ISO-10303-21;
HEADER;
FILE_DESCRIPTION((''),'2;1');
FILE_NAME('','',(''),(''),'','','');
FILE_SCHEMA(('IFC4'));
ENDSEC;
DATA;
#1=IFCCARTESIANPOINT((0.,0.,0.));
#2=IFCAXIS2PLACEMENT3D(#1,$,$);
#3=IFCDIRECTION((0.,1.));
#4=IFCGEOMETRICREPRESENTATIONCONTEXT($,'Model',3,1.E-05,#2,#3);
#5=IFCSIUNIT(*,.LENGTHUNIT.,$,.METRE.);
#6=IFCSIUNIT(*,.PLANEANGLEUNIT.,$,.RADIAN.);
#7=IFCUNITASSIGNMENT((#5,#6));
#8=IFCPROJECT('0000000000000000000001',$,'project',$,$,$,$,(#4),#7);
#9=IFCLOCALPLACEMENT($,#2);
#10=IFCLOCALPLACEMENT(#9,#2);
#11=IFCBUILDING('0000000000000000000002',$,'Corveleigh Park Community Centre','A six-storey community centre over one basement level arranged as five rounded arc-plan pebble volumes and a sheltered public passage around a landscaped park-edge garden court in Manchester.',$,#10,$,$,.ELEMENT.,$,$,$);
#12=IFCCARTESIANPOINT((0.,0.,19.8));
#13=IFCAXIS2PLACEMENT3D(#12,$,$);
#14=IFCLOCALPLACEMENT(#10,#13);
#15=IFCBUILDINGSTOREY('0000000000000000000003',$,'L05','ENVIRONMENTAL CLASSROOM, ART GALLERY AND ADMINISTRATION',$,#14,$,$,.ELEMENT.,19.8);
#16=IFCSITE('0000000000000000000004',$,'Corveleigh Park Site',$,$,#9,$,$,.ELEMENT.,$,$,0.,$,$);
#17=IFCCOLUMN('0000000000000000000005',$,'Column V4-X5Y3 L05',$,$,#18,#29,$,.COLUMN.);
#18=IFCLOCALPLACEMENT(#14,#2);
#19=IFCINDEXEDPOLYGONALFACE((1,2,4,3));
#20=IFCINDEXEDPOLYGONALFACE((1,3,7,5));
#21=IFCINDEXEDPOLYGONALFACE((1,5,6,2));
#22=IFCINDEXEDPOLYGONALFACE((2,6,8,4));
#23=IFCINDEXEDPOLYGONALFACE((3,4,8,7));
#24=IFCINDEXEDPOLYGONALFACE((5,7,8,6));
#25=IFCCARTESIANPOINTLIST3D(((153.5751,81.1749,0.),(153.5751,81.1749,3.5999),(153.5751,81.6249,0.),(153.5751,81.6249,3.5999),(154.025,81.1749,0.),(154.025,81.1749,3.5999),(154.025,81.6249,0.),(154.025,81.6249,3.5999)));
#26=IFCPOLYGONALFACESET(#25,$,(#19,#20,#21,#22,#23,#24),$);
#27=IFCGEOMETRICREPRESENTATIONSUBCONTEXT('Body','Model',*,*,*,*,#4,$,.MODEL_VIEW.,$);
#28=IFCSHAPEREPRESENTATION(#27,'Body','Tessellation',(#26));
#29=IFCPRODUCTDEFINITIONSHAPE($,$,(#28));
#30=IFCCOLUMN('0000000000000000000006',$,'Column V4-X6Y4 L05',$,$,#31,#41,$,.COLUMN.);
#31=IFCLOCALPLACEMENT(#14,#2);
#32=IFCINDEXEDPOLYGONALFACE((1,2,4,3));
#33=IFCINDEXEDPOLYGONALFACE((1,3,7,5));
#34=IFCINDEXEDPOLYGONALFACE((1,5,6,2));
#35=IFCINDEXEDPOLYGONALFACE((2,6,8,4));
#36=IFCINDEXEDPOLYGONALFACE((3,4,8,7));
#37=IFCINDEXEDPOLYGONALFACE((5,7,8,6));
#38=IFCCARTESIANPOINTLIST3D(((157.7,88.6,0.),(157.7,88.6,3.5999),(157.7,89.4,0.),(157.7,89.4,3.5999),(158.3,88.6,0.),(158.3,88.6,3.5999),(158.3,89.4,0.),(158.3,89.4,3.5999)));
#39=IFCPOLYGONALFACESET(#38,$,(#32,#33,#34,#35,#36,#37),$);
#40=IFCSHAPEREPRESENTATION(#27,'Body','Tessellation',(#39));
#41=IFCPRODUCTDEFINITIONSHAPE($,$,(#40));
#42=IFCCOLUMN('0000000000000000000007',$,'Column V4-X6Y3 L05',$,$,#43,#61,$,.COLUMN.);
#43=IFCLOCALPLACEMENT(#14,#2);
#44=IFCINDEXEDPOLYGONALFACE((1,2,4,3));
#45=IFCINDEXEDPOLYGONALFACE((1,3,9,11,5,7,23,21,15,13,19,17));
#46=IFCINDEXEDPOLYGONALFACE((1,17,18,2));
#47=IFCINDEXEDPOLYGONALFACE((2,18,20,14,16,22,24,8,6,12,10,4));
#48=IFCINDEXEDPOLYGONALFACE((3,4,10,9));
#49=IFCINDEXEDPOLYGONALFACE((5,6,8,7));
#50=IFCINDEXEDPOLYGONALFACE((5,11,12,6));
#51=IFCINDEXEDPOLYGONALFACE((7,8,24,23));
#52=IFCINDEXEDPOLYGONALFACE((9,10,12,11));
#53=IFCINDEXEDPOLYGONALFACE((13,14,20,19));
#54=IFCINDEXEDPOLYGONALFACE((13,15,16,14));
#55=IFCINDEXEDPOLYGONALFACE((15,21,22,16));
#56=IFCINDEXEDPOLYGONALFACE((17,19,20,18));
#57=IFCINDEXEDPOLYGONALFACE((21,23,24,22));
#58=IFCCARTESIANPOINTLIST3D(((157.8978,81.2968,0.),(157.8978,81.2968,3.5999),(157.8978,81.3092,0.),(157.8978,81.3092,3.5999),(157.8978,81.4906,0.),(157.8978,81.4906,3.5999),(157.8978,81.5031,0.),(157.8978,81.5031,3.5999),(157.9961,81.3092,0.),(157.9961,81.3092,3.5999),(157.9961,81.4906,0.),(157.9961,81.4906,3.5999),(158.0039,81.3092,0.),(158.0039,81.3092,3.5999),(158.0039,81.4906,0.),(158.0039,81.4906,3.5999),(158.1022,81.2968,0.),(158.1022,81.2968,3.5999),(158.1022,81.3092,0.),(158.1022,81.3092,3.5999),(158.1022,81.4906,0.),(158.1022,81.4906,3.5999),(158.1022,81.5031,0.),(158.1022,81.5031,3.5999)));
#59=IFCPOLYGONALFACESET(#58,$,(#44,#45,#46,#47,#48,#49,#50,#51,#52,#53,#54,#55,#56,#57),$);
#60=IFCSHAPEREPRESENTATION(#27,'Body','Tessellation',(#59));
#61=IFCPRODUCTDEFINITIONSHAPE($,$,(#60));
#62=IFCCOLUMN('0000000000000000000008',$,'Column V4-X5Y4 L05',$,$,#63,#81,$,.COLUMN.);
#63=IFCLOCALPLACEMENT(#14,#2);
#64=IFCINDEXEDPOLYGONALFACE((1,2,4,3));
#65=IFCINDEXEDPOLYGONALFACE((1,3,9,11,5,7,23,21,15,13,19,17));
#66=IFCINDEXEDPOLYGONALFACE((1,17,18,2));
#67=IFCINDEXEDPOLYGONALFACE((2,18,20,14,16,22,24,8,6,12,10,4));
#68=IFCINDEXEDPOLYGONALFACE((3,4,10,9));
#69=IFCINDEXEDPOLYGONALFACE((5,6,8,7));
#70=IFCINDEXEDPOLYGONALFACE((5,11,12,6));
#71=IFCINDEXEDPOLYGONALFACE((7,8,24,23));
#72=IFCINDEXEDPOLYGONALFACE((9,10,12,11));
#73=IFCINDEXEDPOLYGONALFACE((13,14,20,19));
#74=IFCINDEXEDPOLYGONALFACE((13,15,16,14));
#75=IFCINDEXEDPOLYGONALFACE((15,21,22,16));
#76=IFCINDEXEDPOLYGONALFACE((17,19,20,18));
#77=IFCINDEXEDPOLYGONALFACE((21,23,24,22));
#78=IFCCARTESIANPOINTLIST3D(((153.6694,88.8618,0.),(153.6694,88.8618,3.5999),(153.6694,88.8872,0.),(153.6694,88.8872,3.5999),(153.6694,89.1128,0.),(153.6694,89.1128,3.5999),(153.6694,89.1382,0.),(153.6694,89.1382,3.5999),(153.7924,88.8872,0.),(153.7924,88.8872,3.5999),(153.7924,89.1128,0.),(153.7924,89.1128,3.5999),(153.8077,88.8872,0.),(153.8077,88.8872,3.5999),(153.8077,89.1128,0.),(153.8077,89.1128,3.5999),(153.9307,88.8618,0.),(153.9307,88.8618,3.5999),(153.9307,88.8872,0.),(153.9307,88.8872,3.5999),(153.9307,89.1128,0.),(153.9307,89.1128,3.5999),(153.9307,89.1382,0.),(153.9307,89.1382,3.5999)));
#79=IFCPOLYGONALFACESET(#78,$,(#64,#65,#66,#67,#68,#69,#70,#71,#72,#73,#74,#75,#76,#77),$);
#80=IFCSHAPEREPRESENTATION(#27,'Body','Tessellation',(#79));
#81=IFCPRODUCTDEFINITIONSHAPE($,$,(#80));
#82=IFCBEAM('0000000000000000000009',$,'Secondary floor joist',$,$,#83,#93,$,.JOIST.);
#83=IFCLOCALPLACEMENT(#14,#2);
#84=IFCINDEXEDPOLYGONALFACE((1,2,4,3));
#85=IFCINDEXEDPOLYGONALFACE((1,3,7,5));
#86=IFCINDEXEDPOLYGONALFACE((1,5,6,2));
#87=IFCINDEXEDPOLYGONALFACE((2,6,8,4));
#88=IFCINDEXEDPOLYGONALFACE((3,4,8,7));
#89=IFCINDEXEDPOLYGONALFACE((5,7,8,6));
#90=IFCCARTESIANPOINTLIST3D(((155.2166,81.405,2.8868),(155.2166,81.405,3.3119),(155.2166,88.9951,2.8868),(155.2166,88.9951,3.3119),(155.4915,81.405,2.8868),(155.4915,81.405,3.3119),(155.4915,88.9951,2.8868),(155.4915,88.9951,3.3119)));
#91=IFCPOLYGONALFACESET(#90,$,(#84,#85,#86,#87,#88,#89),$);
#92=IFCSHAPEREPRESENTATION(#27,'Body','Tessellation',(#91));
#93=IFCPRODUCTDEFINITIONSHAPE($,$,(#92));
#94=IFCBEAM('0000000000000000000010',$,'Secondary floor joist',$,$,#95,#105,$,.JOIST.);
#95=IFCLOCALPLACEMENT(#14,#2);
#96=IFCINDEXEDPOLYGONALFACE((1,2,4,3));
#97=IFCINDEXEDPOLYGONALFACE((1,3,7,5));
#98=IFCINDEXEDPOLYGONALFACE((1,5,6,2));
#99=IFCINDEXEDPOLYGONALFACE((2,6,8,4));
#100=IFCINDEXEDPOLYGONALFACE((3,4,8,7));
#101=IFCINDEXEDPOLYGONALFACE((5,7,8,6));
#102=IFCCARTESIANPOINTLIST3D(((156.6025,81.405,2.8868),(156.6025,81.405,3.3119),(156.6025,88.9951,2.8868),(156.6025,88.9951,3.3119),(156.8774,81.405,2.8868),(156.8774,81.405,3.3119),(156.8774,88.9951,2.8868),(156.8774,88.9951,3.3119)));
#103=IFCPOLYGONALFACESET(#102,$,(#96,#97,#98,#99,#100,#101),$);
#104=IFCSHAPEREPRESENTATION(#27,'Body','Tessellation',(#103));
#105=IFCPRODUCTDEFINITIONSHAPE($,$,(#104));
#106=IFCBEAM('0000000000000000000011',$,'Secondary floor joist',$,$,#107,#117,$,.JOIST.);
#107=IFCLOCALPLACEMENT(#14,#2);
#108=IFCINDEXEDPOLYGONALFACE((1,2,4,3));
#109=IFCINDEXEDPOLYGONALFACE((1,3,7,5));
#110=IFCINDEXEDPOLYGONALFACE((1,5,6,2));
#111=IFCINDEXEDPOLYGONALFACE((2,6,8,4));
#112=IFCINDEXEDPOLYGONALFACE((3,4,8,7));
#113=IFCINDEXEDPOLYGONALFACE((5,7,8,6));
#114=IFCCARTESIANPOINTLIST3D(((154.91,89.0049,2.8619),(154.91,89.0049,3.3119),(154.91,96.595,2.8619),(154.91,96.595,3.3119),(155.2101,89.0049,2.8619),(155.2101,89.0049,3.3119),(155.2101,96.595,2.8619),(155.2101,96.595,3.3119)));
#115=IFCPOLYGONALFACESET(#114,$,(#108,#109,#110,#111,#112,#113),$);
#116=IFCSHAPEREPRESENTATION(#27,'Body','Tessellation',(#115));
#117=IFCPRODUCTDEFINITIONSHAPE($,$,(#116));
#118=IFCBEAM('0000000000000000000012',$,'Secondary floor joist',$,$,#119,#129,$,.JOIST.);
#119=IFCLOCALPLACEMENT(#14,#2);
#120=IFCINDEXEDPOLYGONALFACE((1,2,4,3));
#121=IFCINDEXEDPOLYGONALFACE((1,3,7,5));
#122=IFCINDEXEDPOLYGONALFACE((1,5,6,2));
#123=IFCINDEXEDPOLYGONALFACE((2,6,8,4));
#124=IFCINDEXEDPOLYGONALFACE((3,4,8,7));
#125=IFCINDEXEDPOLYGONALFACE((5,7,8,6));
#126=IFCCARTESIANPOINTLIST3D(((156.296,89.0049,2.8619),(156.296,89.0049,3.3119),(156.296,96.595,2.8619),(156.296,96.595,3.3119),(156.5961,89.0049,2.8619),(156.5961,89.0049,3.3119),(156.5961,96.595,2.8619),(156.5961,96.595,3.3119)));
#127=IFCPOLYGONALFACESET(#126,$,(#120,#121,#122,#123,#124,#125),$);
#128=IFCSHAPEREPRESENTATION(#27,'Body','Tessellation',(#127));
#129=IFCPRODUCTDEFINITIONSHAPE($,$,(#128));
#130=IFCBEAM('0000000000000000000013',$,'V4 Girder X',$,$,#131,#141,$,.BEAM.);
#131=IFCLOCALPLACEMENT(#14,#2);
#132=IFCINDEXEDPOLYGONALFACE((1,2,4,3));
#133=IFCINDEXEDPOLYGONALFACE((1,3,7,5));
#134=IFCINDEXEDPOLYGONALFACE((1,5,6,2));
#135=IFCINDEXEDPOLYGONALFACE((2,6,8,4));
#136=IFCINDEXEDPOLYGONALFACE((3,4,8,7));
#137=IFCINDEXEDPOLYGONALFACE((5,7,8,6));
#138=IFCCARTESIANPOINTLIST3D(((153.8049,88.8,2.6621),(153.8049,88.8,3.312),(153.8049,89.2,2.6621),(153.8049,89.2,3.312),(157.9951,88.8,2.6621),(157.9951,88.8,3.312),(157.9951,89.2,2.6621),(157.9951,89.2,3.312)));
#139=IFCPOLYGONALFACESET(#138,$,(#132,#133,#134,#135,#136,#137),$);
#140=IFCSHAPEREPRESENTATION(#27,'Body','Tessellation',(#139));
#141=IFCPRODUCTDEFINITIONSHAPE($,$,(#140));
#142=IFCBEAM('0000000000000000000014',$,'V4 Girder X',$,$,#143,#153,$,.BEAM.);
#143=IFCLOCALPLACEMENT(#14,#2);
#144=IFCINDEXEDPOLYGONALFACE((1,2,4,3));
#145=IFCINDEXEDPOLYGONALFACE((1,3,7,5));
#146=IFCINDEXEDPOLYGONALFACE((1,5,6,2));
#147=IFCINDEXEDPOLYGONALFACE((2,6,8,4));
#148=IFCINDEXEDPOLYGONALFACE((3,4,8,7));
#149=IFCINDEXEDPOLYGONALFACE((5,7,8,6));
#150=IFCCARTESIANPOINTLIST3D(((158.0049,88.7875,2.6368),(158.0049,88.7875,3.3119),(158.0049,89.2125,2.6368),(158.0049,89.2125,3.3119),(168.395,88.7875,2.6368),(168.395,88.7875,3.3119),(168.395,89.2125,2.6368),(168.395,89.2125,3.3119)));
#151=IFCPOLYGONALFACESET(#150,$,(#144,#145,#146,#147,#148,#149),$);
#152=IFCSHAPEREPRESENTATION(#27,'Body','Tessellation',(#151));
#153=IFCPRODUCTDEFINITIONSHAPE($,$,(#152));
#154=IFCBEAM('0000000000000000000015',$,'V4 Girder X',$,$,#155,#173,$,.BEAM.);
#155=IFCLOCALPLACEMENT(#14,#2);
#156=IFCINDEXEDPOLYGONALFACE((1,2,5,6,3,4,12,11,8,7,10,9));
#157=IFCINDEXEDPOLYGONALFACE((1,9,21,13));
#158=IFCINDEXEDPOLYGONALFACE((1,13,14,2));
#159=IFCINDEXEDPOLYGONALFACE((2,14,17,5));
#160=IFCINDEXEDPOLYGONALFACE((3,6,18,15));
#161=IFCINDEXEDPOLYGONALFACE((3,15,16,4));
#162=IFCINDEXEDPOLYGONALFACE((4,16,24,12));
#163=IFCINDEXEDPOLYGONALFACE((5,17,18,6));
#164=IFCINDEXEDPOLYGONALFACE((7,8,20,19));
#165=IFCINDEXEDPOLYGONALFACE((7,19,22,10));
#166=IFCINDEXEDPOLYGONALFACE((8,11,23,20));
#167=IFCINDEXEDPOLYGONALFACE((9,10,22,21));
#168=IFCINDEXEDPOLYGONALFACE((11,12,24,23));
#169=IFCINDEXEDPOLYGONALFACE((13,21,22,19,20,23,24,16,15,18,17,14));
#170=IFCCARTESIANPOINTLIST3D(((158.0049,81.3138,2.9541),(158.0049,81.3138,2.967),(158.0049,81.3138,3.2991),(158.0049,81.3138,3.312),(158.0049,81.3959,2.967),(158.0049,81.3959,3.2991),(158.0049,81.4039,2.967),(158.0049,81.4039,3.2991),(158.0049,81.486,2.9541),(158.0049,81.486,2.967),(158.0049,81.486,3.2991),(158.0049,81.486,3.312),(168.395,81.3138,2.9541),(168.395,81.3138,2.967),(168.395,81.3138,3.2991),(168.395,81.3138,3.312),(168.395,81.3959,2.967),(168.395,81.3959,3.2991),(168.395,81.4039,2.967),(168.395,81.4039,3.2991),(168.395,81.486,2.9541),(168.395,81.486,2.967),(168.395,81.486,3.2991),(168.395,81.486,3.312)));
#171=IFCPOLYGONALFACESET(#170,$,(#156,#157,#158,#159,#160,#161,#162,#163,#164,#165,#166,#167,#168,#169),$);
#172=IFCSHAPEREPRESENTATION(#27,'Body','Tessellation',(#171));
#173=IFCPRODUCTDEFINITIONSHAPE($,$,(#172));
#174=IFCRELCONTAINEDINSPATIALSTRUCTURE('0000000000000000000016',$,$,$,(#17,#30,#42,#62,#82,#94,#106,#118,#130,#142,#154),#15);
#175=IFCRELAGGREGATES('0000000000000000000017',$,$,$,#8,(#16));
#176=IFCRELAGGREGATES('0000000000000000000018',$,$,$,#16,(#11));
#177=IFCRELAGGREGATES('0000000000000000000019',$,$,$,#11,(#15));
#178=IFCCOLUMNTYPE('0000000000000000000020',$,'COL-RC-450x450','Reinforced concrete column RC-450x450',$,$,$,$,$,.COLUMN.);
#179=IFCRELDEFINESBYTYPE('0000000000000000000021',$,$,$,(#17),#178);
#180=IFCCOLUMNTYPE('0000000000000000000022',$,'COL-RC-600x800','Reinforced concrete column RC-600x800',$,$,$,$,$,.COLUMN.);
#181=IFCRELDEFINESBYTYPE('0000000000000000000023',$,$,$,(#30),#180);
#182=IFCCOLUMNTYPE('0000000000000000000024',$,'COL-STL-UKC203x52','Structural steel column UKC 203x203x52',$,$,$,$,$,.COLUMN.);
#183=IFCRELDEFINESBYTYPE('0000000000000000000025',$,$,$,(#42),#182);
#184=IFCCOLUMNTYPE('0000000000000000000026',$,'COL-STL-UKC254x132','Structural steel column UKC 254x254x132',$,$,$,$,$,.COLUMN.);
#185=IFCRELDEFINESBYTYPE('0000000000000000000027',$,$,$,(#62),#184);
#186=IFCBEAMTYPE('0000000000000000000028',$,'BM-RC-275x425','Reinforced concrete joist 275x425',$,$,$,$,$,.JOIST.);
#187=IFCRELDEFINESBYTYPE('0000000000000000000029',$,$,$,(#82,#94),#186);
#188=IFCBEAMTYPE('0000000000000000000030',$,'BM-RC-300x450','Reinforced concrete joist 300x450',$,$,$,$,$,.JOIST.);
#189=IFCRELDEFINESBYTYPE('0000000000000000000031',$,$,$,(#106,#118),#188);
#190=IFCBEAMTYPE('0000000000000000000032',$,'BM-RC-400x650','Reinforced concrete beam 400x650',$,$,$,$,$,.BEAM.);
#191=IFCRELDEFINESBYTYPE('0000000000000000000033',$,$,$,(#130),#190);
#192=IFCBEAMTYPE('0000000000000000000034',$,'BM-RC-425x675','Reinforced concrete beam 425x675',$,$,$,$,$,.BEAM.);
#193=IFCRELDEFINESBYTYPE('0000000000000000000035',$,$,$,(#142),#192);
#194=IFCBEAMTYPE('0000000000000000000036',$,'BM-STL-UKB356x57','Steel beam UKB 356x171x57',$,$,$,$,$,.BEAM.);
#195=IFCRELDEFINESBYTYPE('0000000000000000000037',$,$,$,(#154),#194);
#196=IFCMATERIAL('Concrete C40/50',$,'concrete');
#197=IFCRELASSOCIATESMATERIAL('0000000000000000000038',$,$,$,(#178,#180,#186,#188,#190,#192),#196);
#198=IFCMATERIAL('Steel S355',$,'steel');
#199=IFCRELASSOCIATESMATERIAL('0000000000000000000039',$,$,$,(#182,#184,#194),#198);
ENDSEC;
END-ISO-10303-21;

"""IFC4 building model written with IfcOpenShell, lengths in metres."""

from ifc_helpers import new_model, si_unit, direction, frame, origin, origin_2d, place, context, subcontext, project, spatial, rectangle, i_section, extrude, material, material_profile, profile_set, type_object, element, save


model = new_model("IFC4")

# Units and contexts
model_context = context("Model", 3, precision=1e-05, world=origin(), true_north=direction((0.0, 1.0)))
body_context = subcontext(model_context, "Body", "Model", "MODEL_VIEW")
ifc_project = project(units=[si_unit("LENGTHUNIT", "METRE"), si_unit("PLANEANGLEUNIT", "RADIAN")], contexts=[model_context])

# Site, building, storey
site_placement = place(None, origin())
site = spatial("IfcSite", under=ifc_project, at=site_placement, Name="Corveleigh Park Site", CompositionType="ELEMENT", RefElevation=0.0)
building_placement = place(site_placement, origin())
building = spatial("IfcBuilding", under=site, at=building_placement, Name="Corveleigh Park Community Centre", Description="A six-storey community centre over one basement level arranged as five rounded arc-plan pebble volumes and a sheltered public passage around a landscaped park-edge garden court in Manchester.", CompositionType="ELEMENT")
storey_placement = place(building_placement, frame((0.0, 0.0, 19.8)))
storey = spatial("IfcBuildingStorey", under=building, at=storey_placement, Name="L05", Description="ENVIRONMENTAL CLASSROOM, ART GALLERY AND ADMINISTRATION", CompositionType="ELEMENT", Elevation=19.8)

# Columns
ifc_material_1 = material(Name="Concrete C40/50", Category="concrete")
ifc_material_profile_1 = material_profile(ifc_material_1, rectangle(XDim=0.45, YDim=0.45, at=origin_2d()), Name="RC-450x450", Category="concrete")
ifc_profile_set_1 = profile_set([ifc_material_profile_1], Name="Concrete C40/50")
column_type_1 = type_object("IfcColumnType", Name="COL-RC-450x450", Description="Reinforced concrete column RC-450x450", PredefinedType="COLUMN", material=ifc_profile_set_1)
column_1_placement = place(storey_placement, frame((153.8, 81.3999, 0.0), z_axis=(0.0, 0.0, 1.0), x_axis=(1.0, 0.0, 0.0)))
element("IfcColumn", 1, at=column_1_placement, inside=storey, type_object=column_type_1, Name="Column V4-X5Y3 L05", PredefinedType="COLUMN", context=body_context, shape_type="SweptSolid", body=[
    extrude(rectangle(XDim=0.45, YDim=0.45, at=origin_2d()), origin(), (0.0, 0.0, 1.0), 3.5999),
])
ifc_material_profile_2 = material_profile(ifc_material_1, rectangle(XDim=0.6001, YDim=0.8, at=origin_2d()), Name="RC-600x800", Category="concrete")
ifc_profile_set_2 = profile_set([ifc_material_profile_2], Name="Concrete C40/50")
column_type_2 = type_object("IfcColumnType", Name="COL-RC-600x800", Description="Reinforced concrete column RC-600x800", PredefinedType="COLUMN", material=ifc_profile_set_2)
column_2_placement = place(storey_placement, frame((158.0, 89.0, 0.0), z_axis=(0.0, 0.0, 1.0), x_axis=(1.0, 0.0, 0.0)))
element("IfcColumn", 2, at=column_2_placement, inside=storey, type_object=column_type_2, Name="Column V4-X6Y4 L05", PredefinedType="COLUMN", context=body_context, shape_type="SweptSolid", body=[
    extrude(rectangle(XDim=0.6001, YDim=0.8, at=origin_2d()), origin(), (0.0, 0.0, 1.0), 3.5999),
])
ifc_material_2 = material(Name="Steel S355", Category="steel")
ifc_material_profile_3 = material_profile(ifc_material_2, i_section(OverallWidth=0.2043, OverallDepth=0.2063, WebThickness=0.0078, FlangeThickness=0.0125, at=origin_2d()), Name="UKC 203x203x52", Category="steel")
ifc_profile_set_3 = profile_set([ifc_material_profile_3], Name="Steel S355")
column_type_3 = type_object("IfcColumnType", Name="COL-STL-UKC203x52", Description="Structural steel column UKC 203x203x52", PredefinedType="COLUMN", material=ifc_profile_set_3)
column_3_placement = place(storey_placement, frame((158.0, 81.3999, 0.0), z_axis=(0.0, 0.0, 1.0), x_axis=(1.0, 0.0, 0.0)))
element("IfcColumn", 3, at=column_3_placement, inside=storey, type_object=column_type_3, Name="Column V4-X6Y3 L05", PredefinedType="COLUMN", context=body_context, shape_type="SweptSolid", body=[
    extrude(i_section(OverallWidth=0.2043, OverallDepth=0.2063, WebThickness=0.0078, FlangeThickness=0.0125, at=origin_2d()), origin(), (0.0, 0.0, 1.0), 3.5999),
])
ifc_material_profile_4 = material_profile(ifc_material_2, i_section(OverallWidth=0.2612, OverallDepth=0.2764, WebThickness=0.0154, FlangeThickness=0.0254, at=origin_2d()), Name="UKC 254x254x132", Category="steel")
ifc_profile_set_4 = profile_set([ifc_material_profile_4], Name="Steel S355")
column_type_4 = type_object("IfcColumnType", Name="COL-STL-UKC254x132", Description="Structural steel column UKC 254x254x132", PredefinedType="COLUMN", material=ifc_profile_set_4)
column_4_placement = place(storey_placement, frame((153.8, 89.0, 0.0), z_axis=(0.0, 0.0, 1.0), x_axis=(1.0, 0.0, 0.0)))
element("IfcColumn", 4, at=column_4_placement, inside=storey, type_object=column_type_4, Name="Column V4-X5Y4 L05", PredefinedType="COLUMN", context=body_context, shape_type="SweptSolid", body=[
    extrude(i_section(OverallWidth=0.2612, OverallDepth=0.2764, WebThickness=0.0154, FlangeThickness=0.0254, at=origin_2d()), origin(), (0.0, 0.0, 1.0), 3.5999),
])

# Beams
ifc_material_profile_5 = material_profile(ifc_material_1, rectangle(XDim=0.2749, YDim=0.425, at=origin_2d()), Name="RC-275x425", Category="concrete")
ifc_profile_set_5 = profile_set([ifc_material_profile_5], Name="Concrete C40/50")
beam_type_1 = type_object("IfcBeamType", Name="BM-RC-275x425", Description="Reinforced concrete joist 275x425", PredefinedType="JOIST", material=ifc_profile_set_5)
for number, where, z_axis, x_axis, name in (
    (5, (155.354, 81.405, 3.0994), (0.0, 1.0, 0.0), (-1.0, 0.0, 0.0), "Secondary floor joist"),
    (6, (156.74, 81.405, 3.0994), (0.0, 1.0, 0.0), (-1.0, 0.0, 0.0), "Secondary floor joist"),
):
    element("IfcBeam", number, at=place(storey_placement, frame(where, z_axis=z_axis, x_axis=x_axis)), inside=storey, type_object=beam_type_1, Name=name, PredefinedType="JOIST", context=body_context, shape_type="SweptSolid", body=[
        extrude(rectangle(XDim=0.2749, YDim=0.425, at=origin_2d()), origin(), (0.0, 0.0, 1.0), 7.5901),
    ])
ifc_material_profile_6 = material_profile(ifc_material_1, rectangle(XDim=0.3, YDim=0.45, at=origin_2d()), Name="RC-300x450", Category="concrete")
ifc_profile_set_6 = profile_set([ifc_material_profile_6], Name="Concrete C40/50")
beam_type_2 = type_object("IfcBeamType", Name="BM-RC-300x450", Description="Reinforced concrete joist 300x450", PredefinedType="JOIST", material=ifc_profile_set_6)
for number, where, z_axis, x_axis, name in (
    (7, (155.0601, 89.0049, 3.0869), (0.0, 1.0, 0.0), (-1.0, 0.0, 0.0), "Secondary floor joist"),
    (8, (156.446, 89.0049, 3.0869), (0.0, 1.0, 0.0), (-1.0, 0.0, 0.0), "Secondary floor joist"),
):
    element("IfcBeam", number, at=place(storey_placement, frame(where, z_axis=z_axis, x_axis=x_axis)), inside=storey, type_object=beam_type_2, Name=name, PredefinedType="JOIST", context=body_context, shape_type="SweptSolid", body=[
        extrude(rectangle(XDim=0.3, YDim=0.45, at=origin_2d()), origin(), (0.0, 0.0, 1.0), 7.5901),
    ])
ifc_material_profile_7 = material_profile(ifc_material_1, rectangle(XDim=0.3999, YDim=0.6499, at=origin_2d()), Name="RC-400x650", Category="concrete")
ifc_profile_set_7 = profile_set([ifc_material_profile_7], Name="Concrete C40/50")
beam_type_3 = type_object("IfcBeamType", Name="BM-RC-400x650", Description="Reinforced concrete beam 400x650", PredefinedType="BEAM", material=ifc_profile_set_7)
beam_1_placement = place(storey_placement, frame((153.8049, 89.0, 2.9871), z_axis=(1.0, 0.0, 0.0), x_axis=(0.0, 1.0, 0.0)))
element("IfcBeam", 9, at=beam_1_placement, inside=storey, type_object=beam_type_3, Name="V4 Girder X", PredefinedType="BEAM", context=body_context, shape_type="SweptSolid", body=[
    extrude(rectangle(XDim=0.3999, YDim=0.6499, at=origin_2d()), origin(), (0.0, 0.0, 1.0), 4.1902),
])
ifc_material_profile_8 = material_profile(ifc_material_1, rectangle(XDim=0.425, YDim=0.675, at=origin_2d()), Name="RC-425x675", Category="concrete")
ifc_profile_set_8 = profile_set([ifc_material_profile_8], Name="Concrete C40/50")
beam_type_4 = type_object("IfcBeamType", Name="BM-RC-425x675", Description="Reinforced concrete beam 425x675", PredefinedType="BEAM", material=ifc_profile_set_8)
beam_2_placement = place(storey_placement, frame((158.0049, 89.0, 2.9744), z_axis=(1.0, 0.0, 0.0), x_axis=(0.0, 1.0, 0.0)))
element("IfcBeam", 10, at=beam_2_placement, inside=storey, type_object=beam_type_4, Name="V4 Girder X", PredefinedType="BEAM", context=body_context, shape_type="SweptSolid", body=[
    extrude(rectangle(XDim=0.425, YDim=0.675, at=origin_2d()), origin(), (0.0, 0.0, 1.0), 10.3901),
])
ifc_material_profile_9 = material_profile(ifc_material_2, i_section(OverallWidth=0.1721, OverallDepth=0.3579, WebThickness=0.0081, FlangeThickness=0.0129, at=origin_2d()), Name="UKB 356x171x57", Category="steel")
ifc_profile_set_9 = profile_set([ifc_material_profile_9], Name="Steel S355")
beam_type_5 = type_object("IfcBeamType", Name="BM-STL-UKB356x57", Description="Steel beam UKB 356x171x57", PredefinedType="BEAM", material=ifc_profile_set_9)
beam_3_placement = place(storey_placement, frame((158.0049, 81.3999, 3.1331), z_axis=(1.0, 0.0, 0.0), x_axis=(0.0, 1.0, 0.0)))
element("IfcBeam", 11, at=beam_3_placement, inside=storey, type_object=beam_type_5, Name="V4 Girder X", PredefinedType="BEAM", context=body_context, shape_type="SweptSolid", body=[
    extrude(i_section(OverallWidth=0.1721, OverallDepth=0.3579, WebThickness=0.0081, FlangeThickness=0.0129, at=origin_2d()), origin(), (0.0, 0.0, 1.0), 10.3901),
])

save(model, "model.ifc")
